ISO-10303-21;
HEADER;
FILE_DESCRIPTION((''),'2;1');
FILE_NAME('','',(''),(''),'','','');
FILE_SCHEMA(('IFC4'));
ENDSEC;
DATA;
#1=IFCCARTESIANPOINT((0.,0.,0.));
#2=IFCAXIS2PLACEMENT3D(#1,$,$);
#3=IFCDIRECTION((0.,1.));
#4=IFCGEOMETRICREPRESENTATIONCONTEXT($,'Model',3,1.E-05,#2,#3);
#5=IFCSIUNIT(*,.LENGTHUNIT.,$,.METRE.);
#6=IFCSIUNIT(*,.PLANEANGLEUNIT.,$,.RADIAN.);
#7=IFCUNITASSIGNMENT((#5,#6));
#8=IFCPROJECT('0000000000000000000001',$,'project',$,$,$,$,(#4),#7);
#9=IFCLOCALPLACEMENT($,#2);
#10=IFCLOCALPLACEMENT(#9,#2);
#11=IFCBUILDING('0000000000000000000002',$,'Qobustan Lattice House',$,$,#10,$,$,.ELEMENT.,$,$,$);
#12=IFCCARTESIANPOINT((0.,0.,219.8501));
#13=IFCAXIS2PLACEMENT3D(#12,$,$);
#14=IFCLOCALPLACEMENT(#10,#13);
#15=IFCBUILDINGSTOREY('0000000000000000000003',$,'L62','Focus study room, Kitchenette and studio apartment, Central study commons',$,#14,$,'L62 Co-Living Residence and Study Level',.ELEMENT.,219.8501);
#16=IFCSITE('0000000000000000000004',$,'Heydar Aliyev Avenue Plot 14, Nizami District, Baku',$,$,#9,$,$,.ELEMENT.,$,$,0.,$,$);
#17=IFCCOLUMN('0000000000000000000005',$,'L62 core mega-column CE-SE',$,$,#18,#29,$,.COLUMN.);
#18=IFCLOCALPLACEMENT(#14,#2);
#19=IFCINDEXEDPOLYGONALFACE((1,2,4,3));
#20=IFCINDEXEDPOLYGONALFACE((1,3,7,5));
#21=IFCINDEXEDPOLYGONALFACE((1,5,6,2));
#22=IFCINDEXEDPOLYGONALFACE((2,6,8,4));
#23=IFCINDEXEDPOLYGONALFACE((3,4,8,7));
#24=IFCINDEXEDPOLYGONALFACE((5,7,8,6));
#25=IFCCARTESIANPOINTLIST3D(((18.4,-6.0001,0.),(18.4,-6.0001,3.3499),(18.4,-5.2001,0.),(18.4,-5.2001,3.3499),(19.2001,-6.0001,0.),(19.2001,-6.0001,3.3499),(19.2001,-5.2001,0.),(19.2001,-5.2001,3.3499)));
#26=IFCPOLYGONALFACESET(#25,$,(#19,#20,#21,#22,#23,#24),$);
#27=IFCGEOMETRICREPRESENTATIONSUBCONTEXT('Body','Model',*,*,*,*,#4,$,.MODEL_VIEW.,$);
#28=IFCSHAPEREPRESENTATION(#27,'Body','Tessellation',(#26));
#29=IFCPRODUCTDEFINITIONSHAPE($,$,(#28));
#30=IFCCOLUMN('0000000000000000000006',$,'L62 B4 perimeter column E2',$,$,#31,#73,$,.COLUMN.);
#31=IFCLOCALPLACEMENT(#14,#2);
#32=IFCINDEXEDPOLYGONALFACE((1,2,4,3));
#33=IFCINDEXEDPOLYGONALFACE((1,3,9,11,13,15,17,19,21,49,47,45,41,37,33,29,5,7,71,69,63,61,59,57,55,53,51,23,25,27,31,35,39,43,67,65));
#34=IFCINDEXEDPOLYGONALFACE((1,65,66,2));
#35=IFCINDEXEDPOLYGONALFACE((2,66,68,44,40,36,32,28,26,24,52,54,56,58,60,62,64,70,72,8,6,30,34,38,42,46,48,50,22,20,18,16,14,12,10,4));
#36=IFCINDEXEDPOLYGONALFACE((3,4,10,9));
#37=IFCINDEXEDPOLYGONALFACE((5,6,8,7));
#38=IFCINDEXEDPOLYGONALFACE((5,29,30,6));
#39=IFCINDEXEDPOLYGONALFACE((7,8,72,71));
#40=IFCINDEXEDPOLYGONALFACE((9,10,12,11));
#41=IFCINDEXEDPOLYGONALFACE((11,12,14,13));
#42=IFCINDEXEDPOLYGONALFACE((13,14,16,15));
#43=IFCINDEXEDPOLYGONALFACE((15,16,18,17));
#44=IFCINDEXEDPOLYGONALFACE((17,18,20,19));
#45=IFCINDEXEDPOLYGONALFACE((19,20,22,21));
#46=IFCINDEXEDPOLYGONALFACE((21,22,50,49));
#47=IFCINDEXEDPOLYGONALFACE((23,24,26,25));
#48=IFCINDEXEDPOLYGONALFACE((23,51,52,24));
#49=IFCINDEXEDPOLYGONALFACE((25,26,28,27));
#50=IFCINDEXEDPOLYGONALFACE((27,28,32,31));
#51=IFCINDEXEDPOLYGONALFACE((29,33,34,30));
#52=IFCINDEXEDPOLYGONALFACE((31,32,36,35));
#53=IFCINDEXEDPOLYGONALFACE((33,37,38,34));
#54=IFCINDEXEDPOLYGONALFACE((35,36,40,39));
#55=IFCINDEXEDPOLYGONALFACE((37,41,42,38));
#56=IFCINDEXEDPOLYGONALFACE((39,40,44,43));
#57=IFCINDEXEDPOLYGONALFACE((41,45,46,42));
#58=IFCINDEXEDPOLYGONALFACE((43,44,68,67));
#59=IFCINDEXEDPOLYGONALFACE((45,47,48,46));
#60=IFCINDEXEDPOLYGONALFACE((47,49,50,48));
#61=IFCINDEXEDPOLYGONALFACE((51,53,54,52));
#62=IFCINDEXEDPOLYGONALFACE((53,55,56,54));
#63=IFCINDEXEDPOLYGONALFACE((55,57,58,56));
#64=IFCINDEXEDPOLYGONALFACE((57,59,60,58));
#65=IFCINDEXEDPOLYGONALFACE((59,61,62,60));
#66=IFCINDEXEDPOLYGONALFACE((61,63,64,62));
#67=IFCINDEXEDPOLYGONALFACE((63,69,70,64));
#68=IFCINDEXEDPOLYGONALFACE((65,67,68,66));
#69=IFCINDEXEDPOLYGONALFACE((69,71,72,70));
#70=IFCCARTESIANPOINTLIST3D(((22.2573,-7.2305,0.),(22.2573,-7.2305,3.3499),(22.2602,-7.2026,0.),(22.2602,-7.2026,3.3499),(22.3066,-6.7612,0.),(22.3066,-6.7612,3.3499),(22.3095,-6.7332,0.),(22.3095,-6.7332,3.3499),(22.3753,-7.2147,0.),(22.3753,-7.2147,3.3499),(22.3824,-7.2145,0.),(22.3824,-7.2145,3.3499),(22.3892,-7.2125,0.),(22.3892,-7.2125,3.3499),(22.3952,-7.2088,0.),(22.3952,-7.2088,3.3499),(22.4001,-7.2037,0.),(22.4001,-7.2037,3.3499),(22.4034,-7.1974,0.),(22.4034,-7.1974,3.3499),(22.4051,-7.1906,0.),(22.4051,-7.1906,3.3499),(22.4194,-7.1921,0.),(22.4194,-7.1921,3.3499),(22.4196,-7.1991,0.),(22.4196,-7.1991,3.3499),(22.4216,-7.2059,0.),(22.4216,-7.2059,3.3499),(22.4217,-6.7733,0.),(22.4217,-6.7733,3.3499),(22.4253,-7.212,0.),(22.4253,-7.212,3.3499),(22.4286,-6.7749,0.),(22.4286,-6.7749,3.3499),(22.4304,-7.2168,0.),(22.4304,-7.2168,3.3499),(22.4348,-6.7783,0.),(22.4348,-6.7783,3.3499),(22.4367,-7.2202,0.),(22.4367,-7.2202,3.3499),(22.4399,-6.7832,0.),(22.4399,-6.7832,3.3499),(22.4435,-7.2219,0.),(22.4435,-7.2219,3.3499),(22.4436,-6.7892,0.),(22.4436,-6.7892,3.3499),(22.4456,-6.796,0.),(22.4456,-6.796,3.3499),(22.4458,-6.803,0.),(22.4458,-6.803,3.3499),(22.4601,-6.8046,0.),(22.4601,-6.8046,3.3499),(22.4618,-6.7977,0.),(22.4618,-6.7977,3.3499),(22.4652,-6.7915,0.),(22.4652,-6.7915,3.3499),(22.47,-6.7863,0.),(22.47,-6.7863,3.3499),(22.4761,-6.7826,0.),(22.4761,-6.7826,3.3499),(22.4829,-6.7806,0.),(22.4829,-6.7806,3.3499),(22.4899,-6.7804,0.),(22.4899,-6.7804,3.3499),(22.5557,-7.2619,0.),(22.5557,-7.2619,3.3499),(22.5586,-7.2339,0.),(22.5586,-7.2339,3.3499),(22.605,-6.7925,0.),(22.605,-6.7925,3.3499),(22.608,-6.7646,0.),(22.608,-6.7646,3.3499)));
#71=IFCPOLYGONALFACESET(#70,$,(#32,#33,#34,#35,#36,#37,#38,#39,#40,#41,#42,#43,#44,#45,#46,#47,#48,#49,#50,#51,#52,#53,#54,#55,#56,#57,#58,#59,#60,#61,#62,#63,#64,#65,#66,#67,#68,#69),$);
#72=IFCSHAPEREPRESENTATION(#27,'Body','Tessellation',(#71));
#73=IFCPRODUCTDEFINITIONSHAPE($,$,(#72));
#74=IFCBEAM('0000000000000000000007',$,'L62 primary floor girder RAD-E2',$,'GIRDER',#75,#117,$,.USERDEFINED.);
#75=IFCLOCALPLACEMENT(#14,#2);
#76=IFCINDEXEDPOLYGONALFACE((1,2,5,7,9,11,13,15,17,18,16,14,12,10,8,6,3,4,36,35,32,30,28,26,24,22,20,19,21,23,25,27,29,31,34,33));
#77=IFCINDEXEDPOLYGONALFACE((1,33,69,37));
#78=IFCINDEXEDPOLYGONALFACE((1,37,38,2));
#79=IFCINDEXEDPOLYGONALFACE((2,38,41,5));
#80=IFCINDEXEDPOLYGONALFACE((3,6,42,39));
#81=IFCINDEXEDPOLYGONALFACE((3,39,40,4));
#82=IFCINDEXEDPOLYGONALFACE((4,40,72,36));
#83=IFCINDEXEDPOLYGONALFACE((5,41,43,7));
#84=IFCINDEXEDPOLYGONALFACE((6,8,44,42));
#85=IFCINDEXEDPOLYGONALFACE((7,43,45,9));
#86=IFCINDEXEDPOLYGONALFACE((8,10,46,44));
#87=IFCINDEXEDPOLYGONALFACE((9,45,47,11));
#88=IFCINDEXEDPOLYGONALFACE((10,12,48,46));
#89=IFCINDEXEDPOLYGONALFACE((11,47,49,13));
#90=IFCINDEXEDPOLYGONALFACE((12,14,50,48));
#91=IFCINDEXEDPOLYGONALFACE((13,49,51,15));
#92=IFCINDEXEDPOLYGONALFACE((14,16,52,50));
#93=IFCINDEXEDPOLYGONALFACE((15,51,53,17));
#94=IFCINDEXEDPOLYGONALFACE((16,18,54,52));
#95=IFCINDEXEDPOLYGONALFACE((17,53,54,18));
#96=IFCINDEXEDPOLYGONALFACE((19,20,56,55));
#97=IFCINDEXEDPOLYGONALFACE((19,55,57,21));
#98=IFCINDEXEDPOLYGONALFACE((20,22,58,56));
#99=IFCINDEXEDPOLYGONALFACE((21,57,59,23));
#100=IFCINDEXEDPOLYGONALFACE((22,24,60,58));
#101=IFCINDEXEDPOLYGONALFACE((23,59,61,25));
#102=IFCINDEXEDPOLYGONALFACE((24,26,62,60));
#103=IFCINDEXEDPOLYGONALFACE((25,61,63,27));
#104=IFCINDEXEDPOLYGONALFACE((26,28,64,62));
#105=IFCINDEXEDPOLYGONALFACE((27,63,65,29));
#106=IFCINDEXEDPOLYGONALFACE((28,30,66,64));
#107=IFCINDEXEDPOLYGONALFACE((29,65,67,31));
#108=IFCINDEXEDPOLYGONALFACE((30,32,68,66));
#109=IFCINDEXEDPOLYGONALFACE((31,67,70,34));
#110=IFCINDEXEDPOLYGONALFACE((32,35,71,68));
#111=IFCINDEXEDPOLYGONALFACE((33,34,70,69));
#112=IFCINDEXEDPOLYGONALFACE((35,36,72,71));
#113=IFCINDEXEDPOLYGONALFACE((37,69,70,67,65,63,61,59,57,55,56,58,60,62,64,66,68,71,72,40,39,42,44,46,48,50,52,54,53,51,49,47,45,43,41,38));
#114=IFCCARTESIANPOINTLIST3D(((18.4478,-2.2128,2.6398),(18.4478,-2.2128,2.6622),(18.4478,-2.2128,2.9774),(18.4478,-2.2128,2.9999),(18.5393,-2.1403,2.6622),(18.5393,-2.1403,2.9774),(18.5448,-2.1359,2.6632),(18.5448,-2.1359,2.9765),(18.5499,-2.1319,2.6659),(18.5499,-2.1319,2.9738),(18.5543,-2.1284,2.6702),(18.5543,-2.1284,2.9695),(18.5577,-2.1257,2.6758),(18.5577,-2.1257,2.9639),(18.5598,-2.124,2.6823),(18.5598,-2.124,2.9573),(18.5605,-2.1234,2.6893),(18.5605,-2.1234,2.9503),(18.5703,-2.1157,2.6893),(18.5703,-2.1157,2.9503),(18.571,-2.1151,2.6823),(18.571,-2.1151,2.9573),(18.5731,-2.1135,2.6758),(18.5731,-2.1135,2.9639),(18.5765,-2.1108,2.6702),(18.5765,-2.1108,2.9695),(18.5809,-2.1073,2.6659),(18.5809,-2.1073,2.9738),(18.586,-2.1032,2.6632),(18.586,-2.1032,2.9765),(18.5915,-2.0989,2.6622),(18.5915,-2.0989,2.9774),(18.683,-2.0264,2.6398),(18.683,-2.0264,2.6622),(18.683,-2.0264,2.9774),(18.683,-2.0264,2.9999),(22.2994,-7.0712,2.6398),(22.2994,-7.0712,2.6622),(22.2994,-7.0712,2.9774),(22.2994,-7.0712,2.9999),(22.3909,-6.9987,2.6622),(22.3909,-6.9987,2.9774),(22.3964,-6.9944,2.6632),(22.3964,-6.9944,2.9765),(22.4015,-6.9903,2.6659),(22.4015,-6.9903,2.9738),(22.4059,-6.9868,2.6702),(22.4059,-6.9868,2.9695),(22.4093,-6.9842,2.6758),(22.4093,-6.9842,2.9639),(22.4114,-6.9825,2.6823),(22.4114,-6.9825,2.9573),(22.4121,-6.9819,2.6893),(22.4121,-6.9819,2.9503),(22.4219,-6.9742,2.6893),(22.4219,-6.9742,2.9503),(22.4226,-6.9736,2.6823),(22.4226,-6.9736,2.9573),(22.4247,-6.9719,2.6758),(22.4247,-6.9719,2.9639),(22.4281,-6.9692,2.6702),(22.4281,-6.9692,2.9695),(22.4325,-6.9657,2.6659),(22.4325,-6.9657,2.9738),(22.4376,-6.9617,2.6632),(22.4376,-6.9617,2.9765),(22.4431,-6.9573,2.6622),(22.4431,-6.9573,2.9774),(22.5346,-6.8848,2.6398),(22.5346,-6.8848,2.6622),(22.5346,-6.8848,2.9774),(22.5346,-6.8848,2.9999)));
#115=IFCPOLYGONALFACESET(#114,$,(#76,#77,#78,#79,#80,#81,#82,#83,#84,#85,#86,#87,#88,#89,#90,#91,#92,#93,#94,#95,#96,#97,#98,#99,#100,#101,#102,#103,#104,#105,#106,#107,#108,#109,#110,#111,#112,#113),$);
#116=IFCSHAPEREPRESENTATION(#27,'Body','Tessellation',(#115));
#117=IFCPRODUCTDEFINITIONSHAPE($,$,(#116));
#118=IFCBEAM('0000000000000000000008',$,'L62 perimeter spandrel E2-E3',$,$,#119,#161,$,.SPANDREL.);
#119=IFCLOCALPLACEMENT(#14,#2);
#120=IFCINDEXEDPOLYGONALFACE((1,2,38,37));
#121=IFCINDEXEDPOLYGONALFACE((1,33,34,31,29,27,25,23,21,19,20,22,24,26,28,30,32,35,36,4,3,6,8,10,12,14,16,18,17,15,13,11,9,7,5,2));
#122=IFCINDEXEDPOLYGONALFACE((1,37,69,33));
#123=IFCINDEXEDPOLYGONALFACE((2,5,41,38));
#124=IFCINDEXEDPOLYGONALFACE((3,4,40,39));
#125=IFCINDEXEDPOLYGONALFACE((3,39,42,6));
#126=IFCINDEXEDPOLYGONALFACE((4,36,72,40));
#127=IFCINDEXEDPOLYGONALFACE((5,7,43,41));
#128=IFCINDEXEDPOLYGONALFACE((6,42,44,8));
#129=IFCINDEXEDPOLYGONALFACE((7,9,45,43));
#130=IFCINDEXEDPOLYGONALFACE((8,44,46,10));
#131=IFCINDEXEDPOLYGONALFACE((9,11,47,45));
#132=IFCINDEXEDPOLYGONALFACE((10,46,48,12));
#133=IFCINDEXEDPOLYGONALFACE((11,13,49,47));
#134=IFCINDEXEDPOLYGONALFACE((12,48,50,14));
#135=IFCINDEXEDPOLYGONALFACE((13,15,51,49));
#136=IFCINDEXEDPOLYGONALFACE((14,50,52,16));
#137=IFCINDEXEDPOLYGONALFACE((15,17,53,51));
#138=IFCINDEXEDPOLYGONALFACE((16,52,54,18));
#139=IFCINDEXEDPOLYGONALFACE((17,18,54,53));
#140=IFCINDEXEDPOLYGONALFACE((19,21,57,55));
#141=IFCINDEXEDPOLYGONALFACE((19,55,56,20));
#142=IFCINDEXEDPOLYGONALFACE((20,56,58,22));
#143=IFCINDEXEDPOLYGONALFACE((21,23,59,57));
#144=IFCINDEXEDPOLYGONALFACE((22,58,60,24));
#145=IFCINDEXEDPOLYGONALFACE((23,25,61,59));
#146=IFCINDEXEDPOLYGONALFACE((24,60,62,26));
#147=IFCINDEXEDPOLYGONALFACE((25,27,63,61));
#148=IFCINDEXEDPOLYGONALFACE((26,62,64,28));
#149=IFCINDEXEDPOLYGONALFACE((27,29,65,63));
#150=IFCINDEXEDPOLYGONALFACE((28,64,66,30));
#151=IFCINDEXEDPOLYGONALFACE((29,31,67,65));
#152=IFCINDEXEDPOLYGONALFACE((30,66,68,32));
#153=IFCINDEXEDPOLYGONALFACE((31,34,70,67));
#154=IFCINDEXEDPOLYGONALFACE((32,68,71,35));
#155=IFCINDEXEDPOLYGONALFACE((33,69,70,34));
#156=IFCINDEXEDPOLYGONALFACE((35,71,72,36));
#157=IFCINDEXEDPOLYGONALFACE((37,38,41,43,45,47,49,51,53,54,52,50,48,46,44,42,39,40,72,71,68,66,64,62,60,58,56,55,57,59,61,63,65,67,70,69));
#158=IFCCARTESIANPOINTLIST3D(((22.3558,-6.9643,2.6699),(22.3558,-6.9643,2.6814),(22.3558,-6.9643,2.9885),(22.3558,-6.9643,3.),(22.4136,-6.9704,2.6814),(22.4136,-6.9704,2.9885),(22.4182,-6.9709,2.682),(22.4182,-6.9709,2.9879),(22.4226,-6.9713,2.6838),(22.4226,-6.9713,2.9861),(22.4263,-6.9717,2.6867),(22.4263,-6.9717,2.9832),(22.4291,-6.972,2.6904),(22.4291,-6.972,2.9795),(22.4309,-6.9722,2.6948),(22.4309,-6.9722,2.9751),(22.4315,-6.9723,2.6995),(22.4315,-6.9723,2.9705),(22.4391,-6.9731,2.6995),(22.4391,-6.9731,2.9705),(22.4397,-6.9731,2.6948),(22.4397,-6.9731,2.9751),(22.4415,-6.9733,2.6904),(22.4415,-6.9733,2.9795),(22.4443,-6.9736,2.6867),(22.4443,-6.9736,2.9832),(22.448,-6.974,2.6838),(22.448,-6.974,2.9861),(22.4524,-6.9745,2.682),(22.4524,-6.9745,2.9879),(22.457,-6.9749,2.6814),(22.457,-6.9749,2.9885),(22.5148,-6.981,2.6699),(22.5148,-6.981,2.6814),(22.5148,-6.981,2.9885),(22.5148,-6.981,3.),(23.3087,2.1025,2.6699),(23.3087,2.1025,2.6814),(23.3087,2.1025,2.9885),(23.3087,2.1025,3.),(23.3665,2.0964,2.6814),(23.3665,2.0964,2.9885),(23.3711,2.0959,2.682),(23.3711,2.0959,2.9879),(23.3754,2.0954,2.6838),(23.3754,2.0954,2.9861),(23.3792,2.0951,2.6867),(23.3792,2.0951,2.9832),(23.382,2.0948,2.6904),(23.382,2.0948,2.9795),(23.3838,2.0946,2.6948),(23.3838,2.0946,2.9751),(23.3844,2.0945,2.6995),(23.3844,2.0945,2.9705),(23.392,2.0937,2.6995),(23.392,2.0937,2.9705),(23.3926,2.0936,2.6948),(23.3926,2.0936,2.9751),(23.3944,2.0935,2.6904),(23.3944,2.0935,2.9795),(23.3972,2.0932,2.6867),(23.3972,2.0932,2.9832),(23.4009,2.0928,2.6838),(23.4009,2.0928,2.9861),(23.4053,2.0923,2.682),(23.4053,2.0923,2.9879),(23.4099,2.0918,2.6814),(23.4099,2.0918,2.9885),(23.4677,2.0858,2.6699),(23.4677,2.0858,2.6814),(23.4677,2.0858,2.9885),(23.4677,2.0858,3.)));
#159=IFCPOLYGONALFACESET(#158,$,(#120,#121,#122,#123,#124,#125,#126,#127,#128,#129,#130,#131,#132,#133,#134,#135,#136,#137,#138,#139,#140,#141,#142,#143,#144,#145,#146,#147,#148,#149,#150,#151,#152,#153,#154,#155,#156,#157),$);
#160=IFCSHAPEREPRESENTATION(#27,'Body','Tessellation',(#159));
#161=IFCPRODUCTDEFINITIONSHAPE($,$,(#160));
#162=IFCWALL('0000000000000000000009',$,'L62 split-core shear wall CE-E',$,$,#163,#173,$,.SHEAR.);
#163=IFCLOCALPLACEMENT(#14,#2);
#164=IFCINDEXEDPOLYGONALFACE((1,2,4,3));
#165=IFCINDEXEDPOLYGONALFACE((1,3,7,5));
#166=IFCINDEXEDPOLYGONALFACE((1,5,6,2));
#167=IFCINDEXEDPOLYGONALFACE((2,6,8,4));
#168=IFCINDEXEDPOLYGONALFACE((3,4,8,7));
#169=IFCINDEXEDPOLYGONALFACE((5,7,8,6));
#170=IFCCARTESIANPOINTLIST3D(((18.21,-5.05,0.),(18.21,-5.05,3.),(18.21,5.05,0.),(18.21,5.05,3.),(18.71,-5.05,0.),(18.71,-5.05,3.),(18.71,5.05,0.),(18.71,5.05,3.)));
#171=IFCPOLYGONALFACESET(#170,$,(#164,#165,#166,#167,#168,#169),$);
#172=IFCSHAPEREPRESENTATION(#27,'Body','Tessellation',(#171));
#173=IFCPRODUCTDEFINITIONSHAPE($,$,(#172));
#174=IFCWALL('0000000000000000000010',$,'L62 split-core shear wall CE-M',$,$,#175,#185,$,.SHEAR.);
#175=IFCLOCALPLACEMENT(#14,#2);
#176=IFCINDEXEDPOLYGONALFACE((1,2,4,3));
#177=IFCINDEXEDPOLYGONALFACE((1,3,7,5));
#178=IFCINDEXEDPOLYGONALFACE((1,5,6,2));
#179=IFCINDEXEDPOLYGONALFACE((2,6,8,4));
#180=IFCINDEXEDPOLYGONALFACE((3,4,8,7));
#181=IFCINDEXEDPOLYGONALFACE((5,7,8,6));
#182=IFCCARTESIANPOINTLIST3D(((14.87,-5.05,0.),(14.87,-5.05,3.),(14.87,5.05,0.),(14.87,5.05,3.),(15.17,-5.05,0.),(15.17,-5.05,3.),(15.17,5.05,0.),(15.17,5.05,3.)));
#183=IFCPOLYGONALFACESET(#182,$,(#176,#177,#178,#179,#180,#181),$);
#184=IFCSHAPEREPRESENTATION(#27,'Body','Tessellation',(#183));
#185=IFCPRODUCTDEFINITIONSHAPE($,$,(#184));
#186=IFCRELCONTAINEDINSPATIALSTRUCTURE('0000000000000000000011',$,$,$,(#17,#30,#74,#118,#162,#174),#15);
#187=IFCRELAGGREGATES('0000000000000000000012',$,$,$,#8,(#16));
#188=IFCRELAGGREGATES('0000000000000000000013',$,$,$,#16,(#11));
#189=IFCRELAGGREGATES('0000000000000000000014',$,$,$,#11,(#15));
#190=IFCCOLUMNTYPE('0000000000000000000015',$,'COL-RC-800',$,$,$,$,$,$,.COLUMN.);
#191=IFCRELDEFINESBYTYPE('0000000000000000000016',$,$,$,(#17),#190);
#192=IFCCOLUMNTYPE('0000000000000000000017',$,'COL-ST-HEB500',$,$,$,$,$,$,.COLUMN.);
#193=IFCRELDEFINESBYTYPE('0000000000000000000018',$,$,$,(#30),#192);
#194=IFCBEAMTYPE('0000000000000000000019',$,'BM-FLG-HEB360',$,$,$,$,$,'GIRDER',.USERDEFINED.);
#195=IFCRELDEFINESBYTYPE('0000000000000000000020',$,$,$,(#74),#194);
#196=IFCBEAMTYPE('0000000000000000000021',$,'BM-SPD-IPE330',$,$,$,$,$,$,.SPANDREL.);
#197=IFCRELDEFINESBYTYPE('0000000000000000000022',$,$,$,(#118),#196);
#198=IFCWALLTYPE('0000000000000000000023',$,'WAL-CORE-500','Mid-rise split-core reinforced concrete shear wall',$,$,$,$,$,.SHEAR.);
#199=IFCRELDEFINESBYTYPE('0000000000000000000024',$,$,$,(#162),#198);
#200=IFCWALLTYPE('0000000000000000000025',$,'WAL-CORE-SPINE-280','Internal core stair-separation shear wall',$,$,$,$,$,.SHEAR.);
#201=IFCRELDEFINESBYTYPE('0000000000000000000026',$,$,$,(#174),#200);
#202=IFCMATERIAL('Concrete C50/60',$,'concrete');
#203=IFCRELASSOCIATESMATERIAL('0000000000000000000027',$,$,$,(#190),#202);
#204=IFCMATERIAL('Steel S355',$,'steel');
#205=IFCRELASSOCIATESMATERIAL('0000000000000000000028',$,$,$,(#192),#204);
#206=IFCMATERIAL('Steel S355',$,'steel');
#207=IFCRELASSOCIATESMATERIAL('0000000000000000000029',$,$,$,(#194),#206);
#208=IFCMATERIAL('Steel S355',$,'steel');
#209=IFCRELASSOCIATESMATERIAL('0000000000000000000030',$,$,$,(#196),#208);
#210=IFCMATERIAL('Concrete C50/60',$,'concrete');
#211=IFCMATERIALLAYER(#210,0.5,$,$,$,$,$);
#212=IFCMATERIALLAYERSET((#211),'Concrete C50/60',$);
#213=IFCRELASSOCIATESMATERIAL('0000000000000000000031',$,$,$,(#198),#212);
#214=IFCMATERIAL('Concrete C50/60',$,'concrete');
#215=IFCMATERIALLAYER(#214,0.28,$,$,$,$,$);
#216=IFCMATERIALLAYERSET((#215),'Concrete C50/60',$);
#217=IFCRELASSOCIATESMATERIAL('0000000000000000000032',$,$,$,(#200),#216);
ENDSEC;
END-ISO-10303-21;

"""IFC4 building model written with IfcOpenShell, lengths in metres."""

from ifc_helpers import new_model, si_unit, direction, frame, frame_2d, origin, origin_2d, place, context, subcontext, project, spatial, rectangle, i_section, extrude, material, layer, layer_set, material_profile, profile_set, type_object, element, save


model = new_model("IFC4")

# Units and contexts
model_context = context("Model", 3, precision=1e-05, world=origin(), true_north=direction((0.0, 1.0)))
body_context = subcontext(model_context, "Body", "Model", "MODEL_VIEW")
ifc_project = project(units=[si_unit("LENGTHUNIT", "METRE"), si_unit("PLANEANGLEUNIT", "RADIAN")], contexts=[model_context])

# Site, building, storey
site_placement = place(None, origin())
site = spatial("IfcSite", under=ifc_project, at=site_placement, Name="Heydar Aliyev Avenue Plot 14, Nizami District, Baku", CompositionType="ELEMENT", RefElevation=0.0)
building_placement = place(site_placement, origin())
building = spatial("IfcBuilding", under=site, at=building_placement, Name="Qobustan Lattice House", CompositionType="ELEMENT")
storey_placement = place(building_placement, frame((0.0, 0.0, 219.8501)))
storey = spatial("IfcBuildingStorey", under=building, at=storey_placement, Name="L62", Description="Focus study room, Kitchenette and studio apartment, Central study commons", LongName="L62 Co-Living Residence and Study Level", CompositionType="ELEMENT", Elevation=219.8501)

# Columns
ifc_material_1 = material(Name="Concrete C50/60", Category="concrete")
ifc_material_profile_1 = material_profile(ifc_material_1, rectangle(XDim=0.8, YDim=0.8, at=origin_2d()), Name="RC800x800")
ifc_profile_set_1 = profile_set([ifc_material_profile_1], Name="Concrete C50/60")
column_type_1 = type_object("IfcColumnType", Name="COL-RC-800", PredefinedType="COLUMN", material=ifc_profile_set_1)
column_1_placement = place(storey_placement, frame((18.8, -5.6001, 0.0), z_axis=(0.0, 0.0, 1.0), x_axis=(1.0, 0.0, 0.0)))
element("IfcColumn", 1, at=column_1_placement, inside=storey, type_object=column_type_1, Name="L62 core mega-column CE-SE", PredefinedType="COLUMN", context=body_context, shape_type="SweptSolid", body=[
    extrude(rectangle(XDim=0.8, YDim=0.8, at=origin_2d()), origin(), (0.0, 0.0, 1.0), 3.3499),
])
ifc_material_2 = material(Name="Steel S355", Category="steel")
ifc_material_profile_2 = material_profile(ifc_material_2, i_section(OverallWidth=0.3, OverallDepth=0.5, WebThickness=0.0144, FlangeThickness=0.0281, FilletRadius=0.0271, at=origin_2d()), Name="HEB500")
ifc_profile_set_2 = profile_set([ifc_material_profile_2], Name="Steel S355")
column_type_2 = type_object("IfcColumnType", Name="COL-ST-HEB500", PredefinedType="COLUMN", material=ifc_profile_set_2)
column_2_placement = place(storey_placement, frame((22.4326, -6.9976, 0.0), z_axis=(0.0, 0.0, 1.0), x_axis=(0.994522, -0.104528, 0.0)))
element("IfcColumn", 2, at=column_2_placement, inside=storey, type_object=column_type_2, Name="L62 B4 perimeter column E2", PredefinedType="COLUMN", context=body_context, shape_type="SweptSolid", body=[
    extrude(i_section(OverallWidth=0.3, OverallDepth=0.5, WebThickness=0.0144, FlangeThickness=0.0281, FilletRadius=0.0271, at=origin_2d()), origin(), (0.0, 0.0, 1.0), 3.3499),
])

# Beams
ifc_material_3 = material(Name="Steel S355", Category="steel")
ifc_material_profile_3 = material_profile(ifc_material_3, i_section(OverallWidth=0.3, OverallDepth=0.3601, WebThickness=0.0125, FlangeThickness=0.0225, FilletRadius=0.0271, at=origin_2d()), Name="HEB360")
ifc_profile_set_3 = profile_set([ifc_material_profile_3], Name="Steel S355")
beam_type_1 = type_object("IfcBeamType", Name="BM-FLG-HEB360", ElementType="GIRDER", PredefinedType="USERDEFINED", material=ifc_profile_set_3)
beam_1_placement = place(storey_placement, frame((22.417, -6.978, 2.8198), z_axis=(-0.621231, 0.783627, 0.0), x_axis=(-0.783627, -0.621231, 0.0)))
element("IfcBeam", 3, at=beam_1_placement, inside=storey, type_object=beam_type_1, Name="L62 primary floor girder RAD-E2", ObjectType="GIRDER", PredefinedType="USERDEFINED", context=body_context, shape_type="SweptSolid", body=[
    extrude(i_section(OverallWidth=0.3, OverallDepth=0.3601, WebThickness=0.0125, FlangeThickness=0.0225, FilletRadius=0.0271, at=origin_2d()), origin(), (0.0, 0.0, 1.0), 6.2),
])
ifc_material_4 = material(Name="Steel S355", Category="steel")
ifc_material_profile_4 = material_profile(ifc_material_4, i_section(OverallWidth=0.1599, OverallDepth=0.3301, WebThickness=0.0076, FlangeThickness=0.0115, FilletRadius=0.0181, at=origin_2d()), Name="IPE330")
ifc_profile_set_4 = profile_set([ifc_material_profile_4], Name="Steel S355")
beam_type_2 = type_object("IfcBeamType", Name="BM-SPD-IPE330", PredefinedType="SPANDREL", material=ifc_profile_set_4)
beam_2_placement = place(storey_placement, frame((22.4353, -6.9727, 2.835), z_axis=(0.104522, 0.994523, 0.0), x_axis=(-0.994523, 0.104522, 0.0)))
element("IfcBeam", 4, at=beam_2_placement, inside=storey, type_object=beam_type_2, Name="L62 perimeter spandrel E2-E3", PredefinedType="SPANDREL", context=body_context, shape_type="SweptSolid", body=[
    extrude(i_section(OverallWidth=0.1599, OverallDepth=0.3301, WebThickness=0.0076, FlangeThickness=0.0115, FilletRadius=0.0181, at=origin_2d()), origin(), (0.0, 0.0, 1.0), 9.1167),
])

# Walls
ifc_material_5 = material(Name="Concrete C50/60", Category="concrete")
ifc_layer_1 = layer(ifc_material_5, 0.5)
ifc_layer_set_1 = layer_set([ifc_layer_1], Name="Concrete C50/60")
wall_type_1 = type_object("IfcWallType", Name="WAL-CORE-500", Description="Mid-rise split-core reinforced concrete shear wall", PredefinedType="SHEAR", material=ifc_layer_set_1)
wall_1_placement = place(storey_placement, frame((18.46, -5.05, 0.0), z_axis=(0.0, 0.0, 1.0), x_axis=(0.0, 1.0, 0.0)))
element("IfcWall", 5, at=wall_1_placement, inside=storey, type_object=wall_type_1, Name="L62 split-core shear wall CE-E", PredefinedType="SHEAR", context=body_context, shape_type="SweptSolid", body=[
    extrude(rectangle(XDim=10.1001, YDim=0.5, at=frame_2d((5.05, 0.0))), origin(), (0.0, 0.0, 1.0), 3.0),
])
ifc_material_6 = material(Name="Concrete C50/60", Category="concrete")
ifc_layer_2 = layer(ifc_material_6, 0.28)
ifc_layer_set_2 = layer_set([ifc_layer_2], Name="Concrete C50/60")
wall_type_2 = type_object("IfcWallType", Name="WAL-CORE-SPINE-280", Description="Internal core stair-separation shear wall", PredefinedType="SHEAR", material=ifc_layer_set_2)
wall_2_placement = place(storey_placement, frame((15.02, -5.05, 0.0), z_axis=(0.0, 0.0, 1.0), x_axis=(0.0, 1.0, 0.0)))
element("IfcWall", 6, at=wall_2_placement, inside=storey, type_object=wall_type_2, Name="L62 split-core shear wall CE-M", PredefinedType="SHEAR", context=body_context, shape_type="SweptSolid", body=[
    extrude(rectangle(XDim=10.1001, YDim=0.3, at=frame_2d((5.05, 0.0))), origin(), (0.0, 0.0, 1.0), 3.0),
])

save(model, "model.ifc")
